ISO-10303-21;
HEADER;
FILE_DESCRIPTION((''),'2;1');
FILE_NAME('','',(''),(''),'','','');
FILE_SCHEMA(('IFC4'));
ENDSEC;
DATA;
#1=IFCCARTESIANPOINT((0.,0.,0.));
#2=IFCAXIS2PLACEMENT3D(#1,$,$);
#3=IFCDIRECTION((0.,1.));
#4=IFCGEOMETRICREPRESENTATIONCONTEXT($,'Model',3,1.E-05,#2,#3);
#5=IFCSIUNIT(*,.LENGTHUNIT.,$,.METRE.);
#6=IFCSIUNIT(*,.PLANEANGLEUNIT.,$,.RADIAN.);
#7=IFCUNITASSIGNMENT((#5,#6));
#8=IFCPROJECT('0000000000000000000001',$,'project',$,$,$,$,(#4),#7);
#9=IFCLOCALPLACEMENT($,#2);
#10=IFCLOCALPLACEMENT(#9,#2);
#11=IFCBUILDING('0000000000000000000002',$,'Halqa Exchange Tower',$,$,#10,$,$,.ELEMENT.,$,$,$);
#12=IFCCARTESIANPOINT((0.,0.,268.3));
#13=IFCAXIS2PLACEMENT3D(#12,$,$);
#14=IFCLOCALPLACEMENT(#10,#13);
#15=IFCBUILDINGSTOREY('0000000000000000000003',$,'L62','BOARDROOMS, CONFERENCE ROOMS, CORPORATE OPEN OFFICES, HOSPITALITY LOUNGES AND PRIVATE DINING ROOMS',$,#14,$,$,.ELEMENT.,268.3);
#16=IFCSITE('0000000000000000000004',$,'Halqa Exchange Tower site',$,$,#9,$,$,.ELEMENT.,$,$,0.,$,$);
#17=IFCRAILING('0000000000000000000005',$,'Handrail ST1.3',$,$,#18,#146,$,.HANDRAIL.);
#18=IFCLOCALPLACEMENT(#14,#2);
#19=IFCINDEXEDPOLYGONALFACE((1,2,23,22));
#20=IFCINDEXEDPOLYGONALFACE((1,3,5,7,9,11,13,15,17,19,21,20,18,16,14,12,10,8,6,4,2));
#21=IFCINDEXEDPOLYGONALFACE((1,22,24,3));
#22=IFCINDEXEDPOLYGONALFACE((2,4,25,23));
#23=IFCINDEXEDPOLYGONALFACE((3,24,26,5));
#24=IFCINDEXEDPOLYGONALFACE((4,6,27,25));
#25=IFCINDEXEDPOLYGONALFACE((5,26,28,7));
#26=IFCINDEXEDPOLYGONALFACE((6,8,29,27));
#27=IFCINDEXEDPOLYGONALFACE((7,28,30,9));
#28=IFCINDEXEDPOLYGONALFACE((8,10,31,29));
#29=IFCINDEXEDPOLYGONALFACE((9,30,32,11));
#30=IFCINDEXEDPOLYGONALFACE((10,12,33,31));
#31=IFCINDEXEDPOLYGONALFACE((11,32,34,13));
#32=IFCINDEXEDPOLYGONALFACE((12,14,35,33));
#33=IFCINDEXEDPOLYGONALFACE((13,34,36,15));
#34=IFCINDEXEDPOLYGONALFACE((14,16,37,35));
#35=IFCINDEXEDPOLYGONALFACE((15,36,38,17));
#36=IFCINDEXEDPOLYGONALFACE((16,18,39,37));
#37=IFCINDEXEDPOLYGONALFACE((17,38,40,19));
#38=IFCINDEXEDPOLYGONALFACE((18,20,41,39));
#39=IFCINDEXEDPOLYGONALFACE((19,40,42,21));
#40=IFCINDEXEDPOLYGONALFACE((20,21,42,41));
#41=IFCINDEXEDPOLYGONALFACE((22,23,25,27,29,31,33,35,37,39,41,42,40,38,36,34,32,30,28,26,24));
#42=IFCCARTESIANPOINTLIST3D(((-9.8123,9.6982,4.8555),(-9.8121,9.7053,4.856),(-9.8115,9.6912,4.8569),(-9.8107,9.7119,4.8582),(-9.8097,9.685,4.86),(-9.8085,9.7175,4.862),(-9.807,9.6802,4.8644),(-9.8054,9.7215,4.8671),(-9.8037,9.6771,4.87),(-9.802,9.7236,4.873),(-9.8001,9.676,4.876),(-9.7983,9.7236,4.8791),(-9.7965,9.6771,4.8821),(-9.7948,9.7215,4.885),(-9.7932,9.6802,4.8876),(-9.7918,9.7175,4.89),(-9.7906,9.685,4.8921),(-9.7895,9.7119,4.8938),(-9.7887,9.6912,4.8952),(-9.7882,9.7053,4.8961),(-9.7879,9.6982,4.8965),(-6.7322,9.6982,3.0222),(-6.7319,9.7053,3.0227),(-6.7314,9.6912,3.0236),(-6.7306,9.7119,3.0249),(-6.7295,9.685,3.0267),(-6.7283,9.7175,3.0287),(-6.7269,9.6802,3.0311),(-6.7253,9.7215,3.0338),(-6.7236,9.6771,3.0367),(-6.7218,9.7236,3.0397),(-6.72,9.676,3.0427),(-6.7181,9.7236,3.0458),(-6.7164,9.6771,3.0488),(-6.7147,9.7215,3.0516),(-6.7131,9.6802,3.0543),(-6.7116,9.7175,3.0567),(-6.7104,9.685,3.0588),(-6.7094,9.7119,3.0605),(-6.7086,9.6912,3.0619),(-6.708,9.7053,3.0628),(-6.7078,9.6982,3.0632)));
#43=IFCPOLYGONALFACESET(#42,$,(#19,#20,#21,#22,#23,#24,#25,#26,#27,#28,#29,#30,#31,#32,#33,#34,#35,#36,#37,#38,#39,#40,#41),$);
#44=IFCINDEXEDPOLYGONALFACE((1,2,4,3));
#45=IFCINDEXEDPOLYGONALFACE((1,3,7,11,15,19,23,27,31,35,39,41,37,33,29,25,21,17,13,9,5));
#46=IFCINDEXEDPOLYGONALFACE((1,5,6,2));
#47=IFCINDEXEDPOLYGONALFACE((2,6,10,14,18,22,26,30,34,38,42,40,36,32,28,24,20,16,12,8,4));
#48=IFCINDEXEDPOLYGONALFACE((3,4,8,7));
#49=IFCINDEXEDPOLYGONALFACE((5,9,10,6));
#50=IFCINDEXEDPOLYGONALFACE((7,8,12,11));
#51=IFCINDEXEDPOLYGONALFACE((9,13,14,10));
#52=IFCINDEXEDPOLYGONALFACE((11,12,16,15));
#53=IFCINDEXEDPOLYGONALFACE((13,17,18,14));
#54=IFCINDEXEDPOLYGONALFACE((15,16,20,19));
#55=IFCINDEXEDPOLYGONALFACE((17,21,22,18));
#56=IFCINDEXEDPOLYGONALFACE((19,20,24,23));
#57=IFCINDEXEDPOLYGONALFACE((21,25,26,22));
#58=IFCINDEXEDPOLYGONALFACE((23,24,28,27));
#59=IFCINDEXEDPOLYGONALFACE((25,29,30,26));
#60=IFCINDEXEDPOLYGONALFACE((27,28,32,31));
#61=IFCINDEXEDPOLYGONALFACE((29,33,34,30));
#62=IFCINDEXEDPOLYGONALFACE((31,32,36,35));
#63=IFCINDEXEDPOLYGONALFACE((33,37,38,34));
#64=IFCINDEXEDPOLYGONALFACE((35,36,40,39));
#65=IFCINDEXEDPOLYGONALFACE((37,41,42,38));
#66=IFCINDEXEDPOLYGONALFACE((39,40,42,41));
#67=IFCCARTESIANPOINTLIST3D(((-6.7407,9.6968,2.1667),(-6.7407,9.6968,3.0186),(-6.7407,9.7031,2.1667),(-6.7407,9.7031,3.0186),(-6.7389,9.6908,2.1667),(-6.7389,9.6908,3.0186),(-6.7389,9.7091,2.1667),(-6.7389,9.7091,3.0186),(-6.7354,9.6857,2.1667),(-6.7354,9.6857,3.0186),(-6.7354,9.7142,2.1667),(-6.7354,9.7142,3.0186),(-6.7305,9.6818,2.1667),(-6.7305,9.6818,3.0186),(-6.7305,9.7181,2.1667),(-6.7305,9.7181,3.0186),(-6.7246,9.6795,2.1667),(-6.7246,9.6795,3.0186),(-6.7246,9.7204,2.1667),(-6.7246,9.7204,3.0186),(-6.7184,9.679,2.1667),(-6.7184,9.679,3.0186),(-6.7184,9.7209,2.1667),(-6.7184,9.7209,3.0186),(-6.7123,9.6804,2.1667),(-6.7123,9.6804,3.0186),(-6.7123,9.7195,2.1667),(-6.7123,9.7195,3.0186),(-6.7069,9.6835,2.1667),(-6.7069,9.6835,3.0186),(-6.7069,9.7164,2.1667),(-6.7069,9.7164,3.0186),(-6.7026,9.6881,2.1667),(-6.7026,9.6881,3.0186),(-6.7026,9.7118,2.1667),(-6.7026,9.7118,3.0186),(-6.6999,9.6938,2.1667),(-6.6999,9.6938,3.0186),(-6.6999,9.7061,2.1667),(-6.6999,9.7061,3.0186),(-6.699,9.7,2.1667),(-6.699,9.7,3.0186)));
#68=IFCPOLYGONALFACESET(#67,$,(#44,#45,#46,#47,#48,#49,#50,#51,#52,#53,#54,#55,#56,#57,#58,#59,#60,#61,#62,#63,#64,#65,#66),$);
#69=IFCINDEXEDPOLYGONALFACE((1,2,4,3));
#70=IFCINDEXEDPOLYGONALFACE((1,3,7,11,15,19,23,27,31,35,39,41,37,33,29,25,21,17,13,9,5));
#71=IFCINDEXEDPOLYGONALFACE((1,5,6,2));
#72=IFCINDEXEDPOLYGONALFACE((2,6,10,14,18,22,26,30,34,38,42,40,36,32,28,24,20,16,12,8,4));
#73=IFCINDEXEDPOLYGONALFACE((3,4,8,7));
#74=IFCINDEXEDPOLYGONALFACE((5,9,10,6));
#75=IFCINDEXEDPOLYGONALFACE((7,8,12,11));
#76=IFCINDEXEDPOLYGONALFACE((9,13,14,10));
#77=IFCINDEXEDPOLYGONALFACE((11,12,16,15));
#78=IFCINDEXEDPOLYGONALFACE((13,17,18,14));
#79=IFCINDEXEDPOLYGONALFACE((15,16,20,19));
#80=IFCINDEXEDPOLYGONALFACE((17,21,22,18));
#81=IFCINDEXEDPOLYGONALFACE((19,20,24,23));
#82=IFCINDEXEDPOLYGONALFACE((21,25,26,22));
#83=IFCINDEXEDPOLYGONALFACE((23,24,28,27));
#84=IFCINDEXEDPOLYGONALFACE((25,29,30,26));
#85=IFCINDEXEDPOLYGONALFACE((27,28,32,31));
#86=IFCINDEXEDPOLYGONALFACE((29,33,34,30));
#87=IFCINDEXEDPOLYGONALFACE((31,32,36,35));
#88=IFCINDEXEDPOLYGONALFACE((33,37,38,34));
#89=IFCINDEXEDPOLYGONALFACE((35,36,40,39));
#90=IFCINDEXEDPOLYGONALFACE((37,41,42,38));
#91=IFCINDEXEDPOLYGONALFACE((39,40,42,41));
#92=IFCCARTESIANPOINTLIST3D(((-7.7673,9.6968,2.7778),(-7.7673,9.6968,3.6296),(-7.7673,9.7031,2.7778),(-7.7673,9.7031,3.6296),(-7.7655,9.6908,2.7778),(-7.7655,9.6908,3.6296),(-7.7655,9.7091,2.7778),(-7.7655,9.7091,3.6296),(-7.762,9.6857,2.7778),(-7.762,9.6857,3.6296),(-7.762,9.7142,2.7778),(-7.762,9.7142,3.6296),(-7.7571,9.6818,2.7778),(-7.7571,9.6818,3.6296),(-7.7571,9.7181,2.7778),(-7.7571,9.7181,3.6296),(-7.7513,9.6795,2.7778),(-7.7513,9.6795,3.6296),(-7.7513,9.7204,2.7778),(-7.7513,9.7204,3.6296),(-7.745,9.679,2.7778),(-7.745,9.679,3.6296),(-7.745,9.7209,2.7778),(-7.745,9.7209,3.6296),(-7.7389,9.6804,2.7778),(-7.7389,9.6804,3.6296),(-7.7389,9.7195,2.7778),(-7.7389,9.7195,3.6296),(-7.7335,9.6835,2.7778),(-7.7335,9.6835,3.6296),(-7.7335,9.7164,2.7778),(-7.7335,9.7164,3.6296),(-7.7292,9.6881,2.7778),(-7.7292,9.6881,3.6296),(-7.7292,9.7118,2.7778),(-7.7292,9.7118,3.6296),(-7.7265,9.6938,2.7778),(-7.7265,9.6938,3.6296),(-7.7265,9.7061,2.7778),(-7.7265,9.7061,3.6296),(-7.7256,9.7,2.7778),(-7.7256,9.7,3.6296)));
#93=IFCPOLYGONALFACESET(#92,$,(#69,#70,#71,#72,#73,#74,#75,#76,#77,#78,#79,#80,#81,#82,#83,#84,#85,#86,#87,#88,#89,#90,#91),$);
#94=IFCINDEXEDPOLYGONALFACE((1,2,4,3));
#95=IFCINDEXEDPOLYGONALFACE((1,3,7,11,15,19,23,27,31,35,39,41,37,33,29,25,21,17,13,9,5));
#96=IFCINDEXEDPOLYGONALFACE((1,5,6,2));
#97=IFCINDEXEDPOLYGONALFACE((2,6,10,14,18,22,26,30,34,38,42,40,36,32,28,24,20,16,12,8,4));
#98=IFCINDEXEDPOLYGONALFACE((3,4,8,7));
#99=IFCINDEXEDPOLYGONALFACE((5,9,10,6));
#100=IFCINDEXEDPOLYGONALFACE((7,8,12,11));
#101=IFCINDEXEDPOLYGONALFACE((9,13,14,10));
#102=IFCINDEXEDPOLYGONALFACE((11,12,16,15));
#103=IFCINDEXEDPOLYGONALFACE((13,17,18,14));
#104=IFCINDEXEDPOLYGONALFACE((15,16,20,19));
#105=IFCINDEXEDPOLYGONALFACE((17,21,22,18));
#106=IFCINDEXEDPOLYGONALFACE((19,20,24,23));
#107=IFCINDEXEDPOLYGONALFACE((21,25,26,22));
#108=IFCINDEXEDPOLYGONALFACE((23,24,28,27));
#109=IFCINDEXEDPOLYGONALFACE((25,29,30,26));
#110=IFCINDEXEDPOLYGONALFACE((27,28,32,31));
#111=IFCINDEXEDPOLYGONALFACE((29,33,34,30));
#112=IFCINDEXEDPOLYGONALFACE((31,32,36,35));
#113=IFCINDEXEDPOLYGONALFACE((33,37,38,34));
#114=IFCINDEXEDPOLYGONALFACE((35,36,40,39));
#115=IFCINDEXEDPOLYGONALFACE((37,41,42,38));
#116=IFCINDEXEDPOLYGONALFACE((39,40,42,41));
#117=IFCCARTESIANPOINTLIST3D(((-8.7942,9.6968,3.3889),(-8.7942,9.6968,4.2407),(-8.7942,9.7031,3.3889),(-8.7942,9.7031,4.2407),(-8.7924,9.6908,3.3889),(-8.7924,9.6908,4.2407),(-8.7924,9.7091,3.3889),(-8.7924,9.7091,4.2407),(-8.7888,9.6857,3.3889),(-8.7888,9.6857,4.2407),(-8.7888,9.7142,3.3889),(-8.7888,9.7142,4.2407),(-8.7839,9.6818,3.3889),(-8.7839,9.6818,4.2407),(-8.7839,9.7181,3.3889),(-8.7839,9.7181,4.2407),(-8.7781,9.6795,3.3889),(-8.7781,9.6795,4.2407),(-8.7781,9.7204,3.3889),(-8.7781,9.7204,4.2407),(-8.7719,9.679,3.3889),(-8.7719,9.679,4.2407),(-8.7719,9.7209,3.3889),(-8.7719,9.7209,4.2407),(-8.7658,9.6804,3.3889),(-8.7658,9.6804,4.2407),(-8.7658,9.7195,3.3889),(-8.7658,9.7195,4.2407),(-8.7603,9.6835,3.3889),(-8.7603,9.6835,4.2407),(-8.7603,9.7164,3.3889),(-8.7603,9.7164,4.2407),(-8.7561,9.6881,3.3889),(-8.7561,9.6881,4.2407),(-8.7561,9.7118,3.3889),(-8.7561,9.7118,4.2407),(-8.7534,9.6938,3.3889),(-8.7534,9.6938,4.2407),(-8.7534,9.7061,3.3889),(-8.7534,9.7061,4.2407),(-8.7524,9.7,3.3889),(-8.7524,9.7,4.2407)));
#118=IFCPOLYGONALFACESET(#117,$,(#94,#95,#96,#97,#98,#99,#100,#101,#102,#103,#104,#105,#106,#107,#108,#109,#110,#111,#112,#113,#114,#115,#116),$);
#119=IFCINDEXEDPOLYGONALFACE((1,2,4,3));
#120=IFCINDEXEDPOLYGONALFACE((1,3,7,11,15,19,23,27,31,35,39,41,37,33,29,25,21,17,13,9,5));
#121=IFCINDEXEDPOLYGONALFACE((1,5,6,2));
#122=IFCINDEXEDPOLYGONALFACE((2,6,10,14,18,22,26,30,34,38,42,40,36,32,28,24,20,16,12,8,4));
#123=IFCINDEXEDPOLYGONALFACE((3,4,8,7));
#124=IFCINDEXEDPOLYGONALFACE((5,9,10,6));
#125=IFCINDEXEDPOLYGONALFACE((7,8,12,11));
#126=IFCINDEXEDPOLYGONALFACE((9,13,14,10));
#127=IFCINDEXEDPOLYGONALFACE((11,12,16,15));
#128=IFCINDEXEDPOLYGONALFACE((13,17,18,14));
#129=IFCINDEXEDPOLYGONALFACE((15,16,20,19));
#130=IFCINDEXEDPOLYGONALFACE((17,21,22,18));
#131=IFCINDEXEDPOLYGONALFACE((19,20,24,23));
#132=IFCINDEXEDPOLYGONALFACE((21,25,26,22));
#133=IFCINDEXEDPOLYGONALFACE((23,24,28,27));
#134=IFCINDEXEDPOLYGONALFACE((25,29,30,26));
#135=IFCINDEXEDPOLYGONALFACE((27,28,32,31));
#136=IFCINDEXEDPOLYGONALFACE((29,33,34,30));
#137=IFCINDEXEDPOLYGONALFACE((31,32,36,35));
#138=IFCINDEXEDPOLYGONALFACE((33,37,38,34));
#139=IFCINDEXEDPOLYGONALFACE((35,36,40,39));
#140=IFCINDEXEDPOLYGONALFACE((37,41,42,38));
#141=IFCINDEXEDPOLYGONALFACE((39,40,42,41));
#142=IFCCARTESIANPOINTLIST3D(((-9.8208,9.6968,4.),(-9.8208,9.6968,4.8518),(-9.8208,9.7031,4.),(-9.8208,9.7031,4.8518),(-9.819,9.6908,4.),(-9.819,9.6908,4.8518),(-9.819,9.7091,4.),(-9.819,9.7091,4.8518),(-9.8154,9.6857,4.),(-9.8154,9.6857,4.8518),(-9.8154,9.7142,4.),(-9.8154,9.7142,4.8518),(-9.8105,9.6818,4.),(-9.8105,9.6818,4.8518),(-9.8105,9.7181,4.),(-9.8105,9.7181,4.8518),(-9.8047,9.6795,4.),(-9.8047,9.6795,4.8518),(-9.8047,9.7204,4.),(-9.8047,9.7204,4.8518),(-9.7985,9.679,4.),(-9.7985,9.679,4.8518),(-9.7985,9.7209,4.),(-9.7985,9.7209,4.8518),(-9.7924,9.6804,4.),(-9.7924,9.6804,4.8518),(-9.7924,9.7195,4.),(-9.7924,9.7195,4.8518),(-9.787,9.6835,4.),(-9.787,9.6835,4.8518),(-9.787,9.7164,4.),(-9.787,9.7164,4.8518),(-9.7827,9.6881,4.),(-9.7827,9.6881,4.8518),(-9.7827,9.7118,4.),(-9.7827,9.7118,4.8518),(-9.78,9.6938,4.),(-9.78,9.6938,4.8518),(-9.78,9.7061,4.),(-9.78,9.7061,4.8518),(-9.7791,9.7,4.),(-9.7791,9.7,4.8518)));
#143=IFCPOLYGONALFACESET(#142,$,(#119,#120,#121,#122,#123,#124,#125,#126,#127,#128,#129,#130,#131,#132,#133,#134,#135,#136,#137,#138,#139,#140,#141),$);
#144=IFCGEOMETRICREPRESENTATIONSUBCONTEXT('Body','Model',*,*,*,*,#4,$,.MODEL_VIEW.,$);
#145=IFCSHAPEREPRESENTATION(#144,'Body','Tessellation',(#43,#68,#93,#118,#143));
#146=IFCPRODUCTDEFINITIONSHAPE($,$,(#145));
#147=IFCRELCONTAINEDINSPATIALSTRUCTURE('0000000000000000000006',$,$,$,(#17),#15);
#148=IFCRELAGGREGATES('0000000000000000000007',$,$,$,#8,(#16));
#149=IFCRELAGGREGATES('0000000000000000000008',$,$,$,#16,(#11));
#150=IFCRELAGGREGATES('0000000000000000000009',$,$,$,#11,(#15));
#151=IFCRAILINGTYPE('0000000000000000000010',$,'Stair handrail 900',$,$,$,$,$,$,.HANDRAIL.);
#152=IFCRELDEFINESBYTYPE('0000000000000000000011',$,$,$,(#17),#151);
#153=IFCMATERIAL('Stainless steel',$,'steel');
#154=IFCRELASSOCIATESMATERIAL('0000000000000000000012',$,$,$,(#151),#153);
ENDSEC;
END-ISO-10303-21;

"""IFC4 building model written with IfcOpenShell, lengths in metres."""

from ifc_helpers import new_model, si_unit, direction, frame, origin, origin_2d, place, context, subcontext, project, spatial, circle, extrude, material, type_object, element, save


model = new_model("IFC4")

# Units and contexts
model_context = context("Model", 3, precision=1e-05, world=origin(), true_north=direction((0.0, 1.0)))
body_context = subcontext(model_context, "Body", "Model", "MODEL_VIEW")
ifc_project = project(units=[si_unit("LENGTHUNIT", "METRE"), si_unit("PLANEANGLEUNIT", "RADIAN")], contexts=[model_context])

# Site, building, storey
site_placement = place(None, origin())
site = spatial("IfcSite", under=ifc_project, at=site_placement, Name="Halqa Exchange Tower site", CompositionType="ELEMENT", RefElevation=0.0)
building_placement = place(site_placement, origin())
building = spatial("IfcBuilding", under=site, at=building_placement, Name="Halqa Exchange Tower", CompositionType="ELEMENT")
storey_placement = place(building_placement, frame((0.0, 0.0, 268.3)))
storey = spatial("IfcBuildingStorey", under=building, at=storey_placement, Name="L62", Description="BOARDROOMS, CONFERENCE ROOMS, CORPORATE OPEN OFFICES, HOSPITALITY LOUNGES AND PRIVATE DINING ROOMS", CompositionType="ELEMENT", Elevation=268.3)

# Railing
ifc_material_1 = material(Name="Stainless steel", Category="steel")
railing_type_1 = type_object("IfcRailingType", Name="Stair handrail 900", PredefinedType="HANDRAIL", material=ifc_material_1)
railing_1_placement = place(storey_placement, frame((-6.72, 9.7, 2.1667)))
element("IfcRailing", 1, at=railing_1_placement, inside=storey, type_object=railing_type_1, Name="Handrail ST1.3", PredefinedType="HANDRAIL", context=body_context, shape_type="SweptSolid", body=[
    extrude(circle(Radius=0.0239, at=origin_2d()), frame((0.0, 0.0, 0.876), z_axis=(-0.859309, 0.0, 0.511458), x_axis=(0.0, -1.0, 0.0)), (0.0, 0.0, 1.0), 3.5845),
    extrude(circle(Radius=0.021, at=origin_2d()), origin(), (0.0, 0.0, 1.0), 0.8518),
    extrude(circle(Radius=0.021, at=origin_2d()), frame((-1.0266, 0.0, 0.6111)), (0.0, 0.0, 1.0), 0.8518),
    extrude(circle(Radius=0.021, at=origin_2d()), frame((-2.0535, 0.0, 1.2222)), (0.0, 0.0, 1.0), 0.8518),
    extrude(circle(Radius=0.021, at=origin_2d()), frame((-3.0801, 0.0, 1.8333)), (0.0, 0.0, 1.0), 0.8518),
])

save(model, "model.ifc")
